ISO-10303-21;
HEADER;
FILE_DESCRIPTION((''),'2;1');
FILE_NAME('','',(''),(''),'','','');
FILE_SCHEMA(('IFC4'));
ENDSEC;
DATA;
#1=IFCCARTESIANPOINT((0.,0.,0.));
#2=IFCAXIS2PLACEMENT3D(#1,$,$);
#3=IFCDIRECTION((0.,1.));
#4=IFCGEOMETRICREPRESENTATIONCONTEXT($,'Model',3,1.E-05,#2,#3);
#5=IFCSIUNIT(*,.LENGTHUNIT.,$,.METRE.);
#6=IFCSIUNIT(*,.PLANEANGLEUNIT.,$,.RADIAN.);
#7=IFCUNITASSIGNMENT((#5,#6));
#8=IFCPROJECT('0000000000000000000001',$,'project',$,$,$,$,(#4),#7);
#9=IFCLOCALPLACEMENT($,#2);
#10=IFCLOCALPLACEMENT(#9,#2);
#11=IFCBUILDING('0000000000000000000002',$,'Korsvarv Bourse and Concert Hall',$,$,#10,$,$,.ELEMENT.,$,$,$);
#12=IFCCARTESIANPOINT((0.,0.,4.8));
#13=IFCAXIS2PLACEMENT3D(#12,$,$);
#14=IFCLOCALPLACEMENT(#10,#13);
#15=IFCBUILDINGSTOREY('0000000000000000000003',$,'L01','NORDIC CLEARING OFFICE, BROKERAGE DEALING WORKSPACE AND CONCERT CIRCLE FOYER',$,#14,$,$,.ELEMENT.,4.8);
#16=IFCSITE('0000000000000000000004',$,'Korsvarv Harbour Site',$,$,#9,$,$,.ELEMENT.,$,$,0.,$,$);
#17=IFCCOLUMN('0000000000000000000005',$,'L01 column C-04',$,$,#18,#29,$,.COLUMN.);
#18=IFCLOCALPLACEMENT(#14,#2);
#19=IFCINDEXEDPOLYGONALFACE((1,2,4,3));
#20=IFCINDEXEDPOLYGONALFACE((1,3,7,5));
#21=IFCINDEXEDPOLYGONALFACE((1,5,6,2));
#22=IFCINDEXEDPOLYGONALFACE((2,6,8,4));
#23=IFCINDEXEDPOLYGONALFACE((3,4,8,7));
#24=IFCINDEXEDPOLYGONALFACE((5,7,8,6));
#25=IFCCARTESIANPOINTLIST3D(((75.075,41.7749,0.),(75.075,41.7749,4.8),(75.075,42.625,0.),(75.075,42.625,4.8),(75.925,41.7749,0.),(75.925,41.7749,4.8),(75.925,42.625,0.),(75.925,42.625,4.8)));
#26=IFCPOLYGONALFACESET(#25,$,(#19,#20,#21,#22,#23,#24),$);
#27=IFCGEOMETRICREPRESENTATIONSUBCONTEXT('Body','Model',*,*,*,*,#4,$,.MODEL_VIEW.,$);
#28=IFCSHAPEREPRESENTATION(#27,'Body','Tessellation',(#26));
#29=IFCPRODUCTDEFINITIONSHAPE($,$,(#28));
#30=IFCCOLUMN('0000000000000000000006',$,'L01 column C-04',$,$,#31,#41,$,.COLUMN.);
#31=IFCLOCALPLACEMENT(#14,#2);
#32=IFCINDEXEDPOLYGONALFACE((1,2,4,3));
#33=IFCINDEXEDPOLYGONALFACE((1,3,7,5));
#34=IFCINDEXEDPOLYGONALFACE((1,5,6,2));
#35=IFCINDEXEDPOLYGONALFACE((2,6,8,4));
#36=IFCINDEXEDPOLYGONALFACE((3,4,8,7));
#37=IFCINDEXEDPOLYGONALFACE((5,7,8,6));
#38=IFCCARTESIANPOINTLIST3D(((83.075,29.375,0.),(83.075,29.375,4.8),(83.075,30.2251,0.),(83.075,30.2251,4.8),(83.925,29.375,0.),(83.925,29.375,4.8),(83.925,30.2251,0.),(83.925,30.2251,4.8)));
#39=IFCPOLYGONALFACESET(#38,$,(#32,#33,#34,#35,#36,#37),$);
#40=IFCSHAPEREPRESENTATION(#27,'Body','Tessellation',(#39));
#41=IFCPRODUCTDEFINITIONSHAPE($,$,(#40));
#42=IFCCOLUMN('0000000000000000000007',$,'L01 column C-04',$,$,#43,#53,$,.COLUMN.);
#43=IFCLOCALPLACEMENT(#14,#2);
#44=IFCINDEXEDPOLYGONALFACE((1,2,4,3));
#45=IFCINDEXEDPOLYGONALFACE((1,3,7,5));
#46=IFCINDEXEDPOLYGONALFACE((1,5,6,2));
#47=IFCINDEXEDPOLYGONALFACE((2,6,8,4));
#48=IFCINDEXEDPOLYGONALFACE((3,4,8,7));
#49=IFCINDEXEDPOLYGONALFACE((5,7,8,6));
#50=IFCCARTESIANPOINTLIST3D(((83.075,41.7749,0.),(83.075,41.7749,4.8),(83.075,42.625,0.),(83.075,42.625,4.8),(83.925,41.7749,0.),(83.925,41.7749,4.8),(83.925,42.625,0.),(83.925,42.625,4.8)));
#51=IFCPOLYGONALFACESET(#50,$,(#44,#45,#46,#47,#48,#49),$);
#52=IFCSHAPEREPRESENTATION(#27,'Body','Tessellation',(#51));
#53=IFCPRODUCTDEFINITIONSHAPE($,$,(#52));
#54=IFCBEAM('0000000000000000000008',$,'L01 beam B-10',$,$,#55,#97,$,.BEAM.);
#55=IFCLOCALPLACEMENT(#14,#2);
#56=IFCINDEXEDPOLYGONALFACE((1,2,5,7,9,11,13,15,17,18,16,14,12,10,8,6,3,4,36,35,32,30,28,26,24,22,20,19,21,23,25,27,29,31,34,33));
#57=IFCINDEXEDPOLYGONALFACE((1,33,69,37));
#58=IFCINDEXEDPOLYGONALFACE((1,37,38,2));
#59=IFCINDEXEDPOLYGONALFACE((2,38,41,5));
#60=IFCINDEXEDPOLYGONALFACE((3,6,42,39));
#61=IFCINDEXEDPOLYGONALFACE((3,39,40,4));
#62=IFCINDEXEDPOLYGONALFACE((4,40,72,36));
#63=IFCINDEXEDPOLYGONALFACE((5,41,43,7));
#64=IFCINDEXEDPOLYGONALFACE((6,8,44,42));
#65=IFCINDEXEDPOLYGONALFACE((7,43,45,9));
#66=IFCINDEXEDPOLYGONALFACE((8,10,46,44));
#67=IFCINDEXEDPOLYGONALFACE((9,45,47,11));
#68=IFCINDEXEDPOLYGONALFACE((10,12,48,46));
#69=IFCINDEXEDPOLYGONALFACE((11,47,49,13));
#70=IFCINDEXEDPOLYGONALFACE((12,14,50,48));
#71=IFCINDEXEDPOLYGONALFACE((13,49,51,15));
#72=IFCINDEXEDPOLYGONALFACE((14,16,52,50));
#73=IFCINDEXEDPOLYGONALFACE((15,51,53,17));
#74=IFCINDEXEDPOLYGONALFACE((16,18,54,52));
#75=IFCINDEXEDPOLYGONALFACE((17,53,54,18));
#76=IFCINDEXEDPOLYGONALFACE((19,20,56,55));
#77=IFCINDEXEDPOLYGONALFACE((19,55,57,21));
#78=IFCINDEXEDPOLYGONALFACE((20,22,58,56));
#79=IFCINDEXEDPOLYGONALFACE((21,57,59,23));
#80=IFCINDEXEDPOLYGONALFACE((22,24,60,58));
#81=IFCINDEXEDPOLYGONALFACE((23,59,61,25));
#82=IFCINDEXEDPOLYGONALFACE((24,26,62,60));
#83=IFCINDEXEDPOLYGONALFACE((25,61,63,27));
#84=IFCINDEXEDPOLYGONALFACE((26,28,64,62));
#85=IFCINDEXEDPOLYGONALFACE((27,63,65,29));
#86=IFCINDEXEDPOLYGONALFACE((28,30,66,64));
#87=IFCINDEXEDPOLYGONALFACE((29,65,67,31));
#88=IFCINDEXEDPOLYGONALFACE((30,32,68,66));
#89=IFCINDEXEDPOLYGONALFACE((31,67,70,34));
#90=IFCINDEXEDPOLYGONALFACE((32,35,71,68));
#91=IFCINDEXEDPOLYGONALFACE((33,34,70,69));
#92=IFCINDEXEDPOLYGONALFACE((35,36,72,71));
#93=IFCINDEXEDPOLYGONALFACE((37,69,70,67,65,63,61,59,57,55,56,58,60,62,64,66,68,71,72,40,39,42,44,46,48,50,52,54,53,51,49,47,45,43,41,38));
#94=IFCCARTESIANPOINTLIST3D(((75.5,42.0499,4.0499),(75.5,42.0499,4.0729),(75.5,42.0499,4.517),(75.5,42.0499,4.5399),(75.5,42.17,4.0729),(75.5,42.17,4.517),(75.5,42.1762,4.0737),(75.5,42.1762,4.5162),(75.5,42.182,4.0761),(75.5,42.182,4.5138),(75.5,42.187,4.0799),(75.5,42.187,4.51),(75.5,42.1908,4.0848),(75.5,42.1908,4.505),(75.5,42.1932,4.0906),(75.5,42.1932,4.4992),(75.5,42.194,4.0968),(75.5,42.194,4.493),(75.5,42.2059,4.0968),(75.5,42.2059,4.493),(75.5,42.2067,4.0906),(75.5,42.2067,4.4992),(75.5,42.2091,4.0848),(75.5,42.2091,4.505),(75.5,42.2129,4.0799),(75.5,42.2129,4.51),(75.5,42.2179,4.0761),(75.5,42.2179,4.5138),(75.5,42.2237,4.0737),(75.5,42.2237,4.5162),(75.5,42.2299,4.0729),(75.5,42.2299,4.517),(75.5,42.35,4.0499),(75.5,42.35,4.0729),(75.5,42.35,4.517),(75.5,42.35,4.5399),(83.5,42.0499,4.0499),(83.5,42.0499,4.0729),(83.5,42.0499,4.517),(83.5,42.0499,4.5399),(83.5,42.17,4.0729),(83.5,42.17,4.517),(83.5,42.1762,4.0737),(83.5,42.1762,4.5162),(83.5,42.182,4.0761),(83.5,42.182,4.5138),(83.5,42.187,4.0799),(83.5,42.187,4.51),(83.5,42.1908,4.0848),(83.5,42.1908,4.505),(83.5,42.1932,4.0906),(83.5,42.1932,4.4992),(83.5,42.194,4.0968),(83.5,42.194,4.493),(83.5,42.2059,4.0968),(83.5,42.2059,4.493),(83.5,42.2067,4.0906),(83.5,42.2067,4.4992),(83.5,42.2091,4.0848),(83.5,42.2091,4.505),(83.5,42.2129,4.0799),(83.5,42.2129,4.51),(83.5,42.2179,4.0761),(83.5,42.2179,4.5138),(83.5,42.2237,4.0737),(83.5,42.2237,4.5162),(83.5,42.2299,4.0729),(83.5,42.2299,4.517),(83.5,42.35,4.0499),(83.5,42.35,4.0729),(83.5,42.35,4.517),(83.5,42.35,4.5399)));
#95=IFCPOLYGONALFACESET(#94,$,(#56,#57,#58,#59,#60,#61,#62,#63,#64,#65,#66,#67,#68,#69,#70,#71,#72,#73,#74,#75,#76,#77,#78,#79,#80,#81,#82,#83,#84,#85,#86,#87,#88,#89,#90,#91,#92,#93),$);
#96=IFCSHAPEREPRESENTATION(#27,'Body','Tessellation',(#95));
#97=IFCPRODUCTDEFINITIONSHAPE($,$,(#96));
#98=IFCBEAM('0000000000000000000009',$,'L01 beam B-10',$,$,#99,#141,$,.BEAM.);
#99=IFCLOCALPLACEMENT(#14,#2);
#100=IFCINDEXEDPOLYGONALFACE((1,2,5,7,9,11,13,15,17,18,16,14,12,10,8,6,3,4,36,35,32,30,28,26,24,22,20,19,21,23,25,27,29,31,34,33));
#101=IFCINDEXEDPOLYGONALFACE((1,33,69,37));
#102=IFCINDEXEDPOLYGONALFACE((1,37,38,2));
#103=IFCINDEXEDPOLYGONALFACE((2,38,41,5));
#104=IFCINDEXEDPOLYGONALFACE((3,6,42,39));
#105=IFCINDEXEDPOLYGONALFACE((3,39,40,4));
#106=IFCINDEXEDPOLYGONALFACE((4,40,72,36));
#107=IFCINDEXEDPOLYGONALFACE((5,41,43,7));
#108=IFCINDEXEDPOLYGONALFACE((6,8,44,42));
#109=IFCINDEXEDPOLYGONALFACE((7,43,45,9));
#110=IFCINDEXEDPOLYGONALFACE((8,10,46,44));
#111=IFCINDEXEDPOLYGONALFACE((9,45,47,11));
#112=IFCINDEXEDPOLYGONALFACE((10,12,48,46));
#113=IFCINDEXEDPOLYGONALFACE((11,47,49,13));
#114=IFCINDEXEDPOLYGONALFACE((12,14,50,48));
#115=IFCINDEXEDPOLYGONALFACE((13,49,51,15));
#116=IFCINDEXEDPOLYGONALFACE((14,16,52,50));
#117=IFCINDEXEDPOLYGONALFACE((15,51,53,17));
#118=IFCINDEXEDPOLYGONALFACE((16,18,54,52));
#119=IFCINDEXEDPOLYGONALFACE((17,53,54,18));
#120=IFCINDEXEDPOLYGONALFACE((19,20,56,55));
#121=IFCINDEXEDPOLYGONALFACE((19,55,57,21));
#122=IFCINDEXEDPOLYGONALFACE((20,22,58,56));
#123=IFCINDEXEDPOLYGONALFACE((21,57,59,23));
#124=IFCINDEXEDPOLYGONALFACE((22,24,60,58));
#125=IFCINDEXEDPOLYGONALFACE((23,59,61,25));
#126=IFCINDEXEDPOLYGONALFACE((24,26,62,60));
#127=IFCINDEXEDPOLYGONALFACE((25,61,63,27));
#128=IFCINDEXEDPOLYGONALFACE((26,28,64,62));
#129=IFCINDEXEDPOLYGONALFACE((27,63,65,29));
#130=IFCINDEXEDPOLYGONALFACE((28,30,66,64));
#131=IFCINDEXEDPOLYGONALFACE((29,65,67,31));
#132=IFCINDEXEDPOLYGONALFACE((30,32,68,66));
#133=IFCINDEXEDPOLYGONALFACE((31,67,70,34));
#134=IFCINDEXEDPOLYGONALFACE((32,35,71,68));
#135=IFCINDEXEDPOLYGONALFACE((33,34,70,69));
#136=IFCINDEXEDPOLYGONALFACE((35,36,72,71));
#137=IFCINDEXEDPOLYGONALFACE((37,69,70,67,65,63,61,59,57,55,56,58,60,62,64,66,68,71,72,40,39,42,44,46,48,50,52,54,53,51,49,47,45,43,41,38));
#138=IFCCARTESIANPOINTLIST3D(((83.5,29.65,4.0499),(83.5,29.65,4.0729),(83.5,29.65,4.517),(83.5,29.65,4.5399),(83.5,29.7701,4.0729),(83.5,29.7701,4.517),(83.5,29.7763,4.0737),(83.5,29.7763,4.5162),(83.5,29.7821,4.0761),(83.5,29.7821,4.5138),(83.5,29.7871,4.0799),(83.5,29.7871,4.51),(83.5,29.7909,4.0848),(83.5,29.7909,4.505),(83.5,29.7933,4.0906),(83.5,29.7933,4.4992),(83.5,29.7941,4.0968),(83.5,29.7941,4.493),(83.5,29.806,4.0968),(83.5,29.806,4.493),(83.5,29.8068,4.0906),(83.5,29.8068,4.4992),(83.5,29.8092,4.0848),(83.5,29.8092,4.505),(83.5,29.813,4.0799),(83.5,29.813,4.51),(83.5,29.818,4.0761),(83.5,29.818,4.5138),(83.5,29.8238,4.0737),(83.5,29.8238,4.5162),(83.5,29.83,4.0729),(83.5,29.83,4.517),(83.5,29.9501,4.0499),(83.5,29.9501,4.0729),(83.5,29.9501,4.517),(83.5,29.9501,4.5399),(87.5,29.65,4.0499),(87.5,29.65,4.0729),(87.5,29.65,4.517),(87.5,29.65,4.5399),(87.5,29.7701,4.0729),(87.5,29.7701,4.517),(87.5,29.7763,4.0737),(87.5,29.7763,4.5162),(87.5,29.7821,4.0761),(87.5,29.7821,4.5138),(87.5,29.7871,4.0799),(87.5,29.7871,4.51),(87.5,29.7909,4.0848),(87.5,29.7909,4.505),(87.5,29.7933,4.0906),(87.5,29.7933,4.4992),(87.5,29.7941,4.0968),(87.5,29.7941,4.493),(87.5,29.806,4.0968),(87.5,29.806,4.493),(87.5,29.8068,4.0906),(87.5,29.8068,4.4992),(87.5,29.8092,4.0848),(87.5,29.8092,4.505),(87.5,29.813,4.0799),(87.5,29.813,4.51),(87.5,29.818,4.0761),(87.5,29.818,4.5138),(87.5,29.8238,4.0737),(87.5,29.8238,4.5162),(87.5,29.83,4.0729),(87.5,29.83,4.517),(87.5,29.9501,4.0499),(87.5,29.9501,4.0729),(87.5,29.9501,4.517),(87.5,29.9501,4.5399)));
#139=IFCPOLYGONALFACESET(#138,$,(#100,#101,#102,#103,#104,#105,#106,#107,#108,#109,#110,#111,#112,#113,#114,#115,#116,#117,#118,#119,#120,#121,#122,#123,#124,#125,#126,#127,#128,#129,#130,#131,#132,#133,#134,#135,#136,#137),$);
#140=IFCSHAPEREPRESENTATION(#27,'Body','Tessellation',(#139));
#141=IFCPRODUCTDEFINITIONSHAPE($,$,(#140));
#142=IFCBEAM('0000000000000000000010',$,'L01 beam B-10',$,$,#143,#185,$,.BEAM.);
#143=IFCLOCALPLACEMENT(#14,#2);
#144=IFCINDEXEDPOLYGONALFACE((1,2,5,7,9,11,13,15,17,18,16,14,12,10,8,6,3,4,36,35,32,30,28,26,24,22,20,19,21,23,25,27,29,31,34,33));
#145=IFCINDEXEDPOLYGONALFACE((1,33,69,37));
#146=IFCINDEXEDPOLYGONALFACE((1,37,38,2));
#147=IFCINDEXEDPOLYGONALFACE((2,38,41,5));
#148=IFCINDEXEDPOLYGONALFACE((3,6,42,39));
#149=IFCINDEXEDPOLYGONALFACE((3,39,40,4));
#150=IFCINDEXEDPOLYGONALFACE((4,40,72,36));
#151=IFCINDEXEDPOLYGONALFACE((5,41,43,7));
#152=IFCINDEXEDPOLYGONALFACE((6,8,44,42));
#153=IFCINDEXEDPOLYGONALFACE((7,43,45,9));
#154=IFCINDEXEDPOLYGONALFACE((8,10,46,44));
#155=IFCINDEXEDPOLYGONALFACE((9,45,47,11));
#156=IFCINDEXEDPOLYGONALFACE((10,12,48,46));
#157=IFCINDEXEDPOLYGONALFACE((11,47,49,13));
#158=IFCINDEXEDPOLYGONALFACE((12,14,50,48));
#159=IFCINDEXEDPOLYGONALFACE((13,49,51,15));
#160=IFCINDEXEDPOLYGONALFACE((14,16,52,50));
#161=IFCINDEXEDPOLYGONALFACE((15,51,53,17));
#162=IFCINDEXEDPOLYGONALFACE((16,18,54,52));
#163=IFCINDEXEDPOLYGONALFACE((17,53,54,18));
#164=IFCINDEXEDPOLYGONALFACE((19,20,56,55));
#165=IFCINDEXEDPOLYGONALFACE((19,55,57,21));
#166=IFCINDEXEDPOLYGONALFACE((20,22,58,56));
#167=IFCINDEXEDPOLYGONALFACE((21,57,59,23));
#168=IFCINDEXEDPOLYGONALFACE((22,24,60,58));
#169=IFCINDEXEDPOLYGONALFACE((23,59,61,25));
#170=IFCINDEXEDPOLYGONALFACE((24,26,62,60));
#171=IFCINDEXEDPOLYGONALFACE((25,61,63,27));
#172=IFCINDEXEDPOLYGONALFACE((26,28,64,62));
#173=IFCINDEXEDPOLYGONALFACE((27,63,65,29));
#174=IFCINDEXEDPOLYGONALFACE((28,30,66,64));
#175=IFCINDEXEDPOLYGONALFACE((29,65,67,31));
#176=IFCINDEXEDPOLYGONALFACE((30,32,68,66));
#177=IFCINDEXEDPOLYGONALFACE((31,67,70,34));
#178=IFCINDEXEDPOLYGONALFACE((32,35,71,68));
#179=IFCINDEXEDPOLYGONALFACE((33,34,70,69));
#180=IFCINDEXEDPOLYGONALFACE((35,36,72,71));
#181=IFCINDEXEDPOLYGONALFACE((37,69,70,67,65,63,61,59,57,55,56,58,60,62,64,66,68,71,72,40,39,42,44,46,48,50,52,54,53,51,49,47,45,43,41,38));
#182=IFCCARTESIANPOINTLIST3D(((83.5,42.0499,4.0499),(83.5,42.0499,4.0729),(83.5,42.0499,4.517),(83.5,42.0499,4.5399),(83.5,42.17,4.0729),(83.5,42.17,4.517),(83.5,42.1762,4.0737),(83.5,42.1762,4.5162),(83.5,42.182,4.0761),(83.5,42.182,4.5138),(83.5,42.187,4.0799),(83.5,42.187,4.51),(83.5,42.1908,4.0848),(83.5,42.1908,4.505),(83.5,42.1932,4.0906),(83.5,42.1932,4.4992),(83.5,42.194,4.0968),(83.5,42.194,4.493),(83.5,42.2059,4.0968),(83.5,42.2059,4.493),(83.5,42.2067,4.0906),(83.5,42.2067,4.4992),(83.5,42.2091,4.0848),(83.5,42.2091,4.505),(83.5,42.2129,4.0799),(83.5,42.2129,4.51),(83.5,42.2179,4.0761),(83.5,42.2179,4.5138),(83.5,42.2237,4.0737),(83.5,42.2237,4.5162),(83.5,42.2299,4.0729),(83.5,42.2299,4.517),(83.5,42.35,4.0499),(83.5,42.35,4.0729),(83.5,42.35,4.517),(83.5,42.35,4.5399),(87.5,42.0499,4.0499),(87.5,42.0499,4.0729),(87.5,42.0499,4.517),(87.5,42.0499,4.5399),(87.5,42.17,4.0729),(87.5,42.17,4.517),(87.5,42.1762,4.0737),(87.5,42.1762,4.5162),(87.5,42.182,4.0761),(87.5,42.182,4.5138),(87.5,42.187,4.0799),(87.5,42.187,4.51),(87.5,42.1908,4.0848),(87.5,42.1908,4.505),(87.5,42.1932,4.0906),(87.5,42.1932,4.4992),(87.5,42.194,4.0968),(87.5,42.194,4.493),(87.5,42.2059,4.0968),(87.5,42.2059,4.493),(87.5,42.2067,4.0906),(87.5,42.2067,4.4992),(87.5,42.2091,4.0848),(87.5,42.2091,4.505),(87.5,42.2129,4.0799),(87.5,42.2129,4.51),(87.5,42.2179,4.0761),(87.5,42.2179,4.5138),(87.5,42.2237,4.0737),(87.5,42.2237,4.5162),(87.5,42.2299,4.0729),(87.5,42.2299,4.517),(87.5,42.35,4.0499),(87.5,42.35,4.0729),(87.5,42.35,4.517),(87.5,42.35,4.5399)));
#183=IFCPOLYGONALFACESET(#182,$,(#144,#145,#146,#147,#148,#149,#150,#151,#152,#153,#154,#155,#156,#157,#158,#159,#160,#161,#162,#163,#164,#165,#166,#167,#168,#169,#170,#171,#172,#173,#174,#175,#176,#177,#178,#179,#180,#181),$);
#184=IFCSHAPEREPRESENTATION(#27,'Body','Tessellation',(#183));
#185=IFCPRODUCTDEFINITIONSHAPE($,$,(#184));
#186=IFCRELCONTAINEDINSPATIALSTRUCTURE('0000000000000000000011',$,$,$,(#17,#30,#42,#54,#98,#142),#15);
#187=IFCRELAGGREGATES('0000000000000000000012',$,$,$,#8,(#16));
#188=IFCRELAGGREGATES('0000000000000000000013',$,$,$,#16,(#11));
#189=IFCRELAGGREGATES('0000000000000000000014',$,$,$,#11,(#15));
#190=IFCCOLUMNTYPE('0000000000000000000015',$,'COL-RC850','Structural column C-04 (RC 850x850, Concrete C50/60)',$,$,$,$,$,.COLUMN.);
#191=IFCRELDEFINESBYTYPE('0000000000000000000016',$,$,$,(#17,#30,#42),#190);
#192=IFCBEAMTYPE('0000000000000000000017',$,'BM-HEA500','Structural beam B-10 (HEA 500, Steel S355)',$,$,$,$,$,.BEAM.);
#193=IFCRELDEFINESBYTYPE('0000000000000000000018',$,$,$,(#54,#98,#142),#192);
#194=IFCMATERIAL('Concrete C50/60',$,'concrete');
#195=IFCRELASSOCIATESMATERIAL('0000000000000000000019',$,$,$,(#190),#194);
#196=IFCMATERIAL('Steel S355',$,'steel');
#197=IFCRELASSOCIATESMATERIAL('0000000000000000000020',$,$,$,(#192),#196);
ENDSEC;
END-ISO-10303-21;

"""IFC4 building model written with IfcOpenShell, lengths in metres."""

from ifc_helpers import new_model, si_unit, direction, frame, origin, origin_2d, place, context, subcontext, project, spatial, rectangle, i_section, extrude, source, transform, mapped, material, material_profile, profile_set, type_object, element, save


model = new_model("IFC4")

# Units and contexts
model_context = context("Model", 3, precision=1e-05, world=origin(), true_north=direction((0.0, 1.0)))
body_context = subcontext(model_context, "Body", "Model", "MODEL_VIEW")
ifc_project = project(units=[si_unit("LENGTHUNIT", "METRE"), si_unit("PLANEANGLEUNIT", "RADIAN")], contexts=[model_context])

# Site, building, storey
site_placement = place(None, origin())
site = spatial("IfcSite", under=ifc_project, at=site_placement, Name="Korsvarv Harbour Site", CompositionType="ELEMENT", RefElevation=0.0)
building_placement = place(site_placement, origin())
building = spatial("IfcBuilding", under=site, at=building_placement, Name="Korsvarv Bourse and Concert Hall", CompositionType="ELEMENT")
storey_placement = place(building_placement, frame((0.0, 0.0, 4.8)))
storey = spatial("IfcBuildingStorey", under=building, at=storey_placement, Name="L01", Description="NORDIC CLEARING OFFICE, BROKERAGE DEALING WORKSPACE AND CONCERT CIRCLE FOYER", CompositionType="ELEMENT", Elevation=4.8)

# Columns
ifc_material_1 = material(Name="Concrete C50/60", Category="concrete")
ifc_material_profile_1 = material_profile(ifc_material_1, rectangle(XDim=0.8501, YDim=0.8501, at=origin_2d()), Name="RC 850x850")
ifc_profile_set_1 = profile_set([ifc_material_profile_1], Name="Concrete C50/60")
column_type = type_object("IfcColumnType", Name="COL-RC850", Description="Structural column C-04 (RC 850x850, Concrete C50/60)", PredefinedType="COLUMN", material=ifc_profile_set_1)
shared_shape_1 = source(origin(), body_context, "Body", "SweptSolid", [
    extrude(rectangle(XDim=0.8501, YDim=0.8501, at=origin_2d()), origin(), (0.0, 0.0, 1.0), 4.8),
])
for number, where, z_axis, x_axis, name in (
    (1, (75.5, 42.2, 0.0), (0.0, 0.0, 1.0), (1.0, 0.0, 0.0), "L01 column C-04"),
    (2, (83.5, 29.8, 0.0), (0.0, 0.0, 1.0), (1.0, 0.0, 0.0), "L01 column C-04"),
    (3, (83.5, 42.2, 0.0), (0.0, 0.0, 1.0), (1.0, 0.0, 0.0), "L01 column C-04"),
):
    element("IfcColumn", number, at=place(storey_placement, frame(where, z_axis=z_axis, x_axis=x_axis)), inside=storey, type_object=column_type, Name=name, PredefinedType="COLUMN", context=body_context, shape_type="MappedRepresentation", body=[
        mapped(shared_shape_1, transform((0.0, 0.0, 0.0), scale=1.0)),
    ])

# Beams
ifc_material_2 = material(Name="Steel S355", Category="steel")
ifc_material_profile_2 = material_profile(ifc_material_2, i_section(OverallWidth=0.3, OverallDepth=0.49, WebThickness=0.012, FlangeThickness=0.0229, FilletRadius=0.0239, at=origin_2d()), Name="HEA 500")
ifc_profile_set_2 = profile_set([ifc_material_profile_2], Name="Steel S355")
beam_type_1 = type_object("IfcBeamType", Name="BM-HEA500", Description="Structural beam B-10 (HEA 500, Steel S355)", PredefinedType="BEAM", material=ifc_profile_set_2)
shared_shape_2 = source(origin(), body_context, "Body", "SweptSolid", [
    extrude(i_section(OverallWidth=0.3, OverallDepth=0.49, WebThickness=0.012, FlangeThickness=0.0229, FilletRadius=0.0239, at=origin_2d()), origin(), (0.0, 0.0, 1.0), 8.0),
])
beam_1_placement = place(storey_placement, frame((75.5, 42.2, 4.2949), z_axis=(1.0, 0.0, 0.0), x_axis=(0.0, 1.0, 0.0)))
element("IfcBeam", 4, at=beam_1_placement, inside=storey, type_object=beam_type_1, Name="L01 beam B-10", PredefinedType="BEAM", context=body_context, shape_type="MappedRepresentation", body=[
    mapped(shared_shape_2, transform((0.0, 0.0, 0.0), scale=1.0)),
])
shared_shape_3 = source(origin(), body_context, "Body", "SweptSolid", [
    extrude(i_section(OverallWidth=0.3, OverallDepth=0.49, WebThickness=0.012, FlangeThickness=0.0229, FilletRadius=0.0239, at=origin_2d()), origin(), (0.0, 0.0, 1.0), 4.0),
])
for number, where, z_axis, x_axis, name in (
    (5, (83.5, 29.8, 4.2949), (1.0, 0.0, 0.0), (0.0, 1.0, 0.0), "L01 beam B-10"),
    (6, (83.5, 42.2, 4.2949), (1.0, 0.0, 0.0), (0.0, 1.0, 0.0), "L01 beam B-10"),
):
    element("IfcBeam", number, at=place(storey_placement, frame(where, z_axis=z_axis, x_axis=x_axis)), inside=storey, type_object=beam_type_1, Name=name, PredefinedType="BEAM", context=body_context, shape_type="MappedRepresentation", body=[
        mapped(shared_shape_3, transform((0.0, 0.0, 0.0), scale=1.0)),
    ])

save(model, "model.ifc")
